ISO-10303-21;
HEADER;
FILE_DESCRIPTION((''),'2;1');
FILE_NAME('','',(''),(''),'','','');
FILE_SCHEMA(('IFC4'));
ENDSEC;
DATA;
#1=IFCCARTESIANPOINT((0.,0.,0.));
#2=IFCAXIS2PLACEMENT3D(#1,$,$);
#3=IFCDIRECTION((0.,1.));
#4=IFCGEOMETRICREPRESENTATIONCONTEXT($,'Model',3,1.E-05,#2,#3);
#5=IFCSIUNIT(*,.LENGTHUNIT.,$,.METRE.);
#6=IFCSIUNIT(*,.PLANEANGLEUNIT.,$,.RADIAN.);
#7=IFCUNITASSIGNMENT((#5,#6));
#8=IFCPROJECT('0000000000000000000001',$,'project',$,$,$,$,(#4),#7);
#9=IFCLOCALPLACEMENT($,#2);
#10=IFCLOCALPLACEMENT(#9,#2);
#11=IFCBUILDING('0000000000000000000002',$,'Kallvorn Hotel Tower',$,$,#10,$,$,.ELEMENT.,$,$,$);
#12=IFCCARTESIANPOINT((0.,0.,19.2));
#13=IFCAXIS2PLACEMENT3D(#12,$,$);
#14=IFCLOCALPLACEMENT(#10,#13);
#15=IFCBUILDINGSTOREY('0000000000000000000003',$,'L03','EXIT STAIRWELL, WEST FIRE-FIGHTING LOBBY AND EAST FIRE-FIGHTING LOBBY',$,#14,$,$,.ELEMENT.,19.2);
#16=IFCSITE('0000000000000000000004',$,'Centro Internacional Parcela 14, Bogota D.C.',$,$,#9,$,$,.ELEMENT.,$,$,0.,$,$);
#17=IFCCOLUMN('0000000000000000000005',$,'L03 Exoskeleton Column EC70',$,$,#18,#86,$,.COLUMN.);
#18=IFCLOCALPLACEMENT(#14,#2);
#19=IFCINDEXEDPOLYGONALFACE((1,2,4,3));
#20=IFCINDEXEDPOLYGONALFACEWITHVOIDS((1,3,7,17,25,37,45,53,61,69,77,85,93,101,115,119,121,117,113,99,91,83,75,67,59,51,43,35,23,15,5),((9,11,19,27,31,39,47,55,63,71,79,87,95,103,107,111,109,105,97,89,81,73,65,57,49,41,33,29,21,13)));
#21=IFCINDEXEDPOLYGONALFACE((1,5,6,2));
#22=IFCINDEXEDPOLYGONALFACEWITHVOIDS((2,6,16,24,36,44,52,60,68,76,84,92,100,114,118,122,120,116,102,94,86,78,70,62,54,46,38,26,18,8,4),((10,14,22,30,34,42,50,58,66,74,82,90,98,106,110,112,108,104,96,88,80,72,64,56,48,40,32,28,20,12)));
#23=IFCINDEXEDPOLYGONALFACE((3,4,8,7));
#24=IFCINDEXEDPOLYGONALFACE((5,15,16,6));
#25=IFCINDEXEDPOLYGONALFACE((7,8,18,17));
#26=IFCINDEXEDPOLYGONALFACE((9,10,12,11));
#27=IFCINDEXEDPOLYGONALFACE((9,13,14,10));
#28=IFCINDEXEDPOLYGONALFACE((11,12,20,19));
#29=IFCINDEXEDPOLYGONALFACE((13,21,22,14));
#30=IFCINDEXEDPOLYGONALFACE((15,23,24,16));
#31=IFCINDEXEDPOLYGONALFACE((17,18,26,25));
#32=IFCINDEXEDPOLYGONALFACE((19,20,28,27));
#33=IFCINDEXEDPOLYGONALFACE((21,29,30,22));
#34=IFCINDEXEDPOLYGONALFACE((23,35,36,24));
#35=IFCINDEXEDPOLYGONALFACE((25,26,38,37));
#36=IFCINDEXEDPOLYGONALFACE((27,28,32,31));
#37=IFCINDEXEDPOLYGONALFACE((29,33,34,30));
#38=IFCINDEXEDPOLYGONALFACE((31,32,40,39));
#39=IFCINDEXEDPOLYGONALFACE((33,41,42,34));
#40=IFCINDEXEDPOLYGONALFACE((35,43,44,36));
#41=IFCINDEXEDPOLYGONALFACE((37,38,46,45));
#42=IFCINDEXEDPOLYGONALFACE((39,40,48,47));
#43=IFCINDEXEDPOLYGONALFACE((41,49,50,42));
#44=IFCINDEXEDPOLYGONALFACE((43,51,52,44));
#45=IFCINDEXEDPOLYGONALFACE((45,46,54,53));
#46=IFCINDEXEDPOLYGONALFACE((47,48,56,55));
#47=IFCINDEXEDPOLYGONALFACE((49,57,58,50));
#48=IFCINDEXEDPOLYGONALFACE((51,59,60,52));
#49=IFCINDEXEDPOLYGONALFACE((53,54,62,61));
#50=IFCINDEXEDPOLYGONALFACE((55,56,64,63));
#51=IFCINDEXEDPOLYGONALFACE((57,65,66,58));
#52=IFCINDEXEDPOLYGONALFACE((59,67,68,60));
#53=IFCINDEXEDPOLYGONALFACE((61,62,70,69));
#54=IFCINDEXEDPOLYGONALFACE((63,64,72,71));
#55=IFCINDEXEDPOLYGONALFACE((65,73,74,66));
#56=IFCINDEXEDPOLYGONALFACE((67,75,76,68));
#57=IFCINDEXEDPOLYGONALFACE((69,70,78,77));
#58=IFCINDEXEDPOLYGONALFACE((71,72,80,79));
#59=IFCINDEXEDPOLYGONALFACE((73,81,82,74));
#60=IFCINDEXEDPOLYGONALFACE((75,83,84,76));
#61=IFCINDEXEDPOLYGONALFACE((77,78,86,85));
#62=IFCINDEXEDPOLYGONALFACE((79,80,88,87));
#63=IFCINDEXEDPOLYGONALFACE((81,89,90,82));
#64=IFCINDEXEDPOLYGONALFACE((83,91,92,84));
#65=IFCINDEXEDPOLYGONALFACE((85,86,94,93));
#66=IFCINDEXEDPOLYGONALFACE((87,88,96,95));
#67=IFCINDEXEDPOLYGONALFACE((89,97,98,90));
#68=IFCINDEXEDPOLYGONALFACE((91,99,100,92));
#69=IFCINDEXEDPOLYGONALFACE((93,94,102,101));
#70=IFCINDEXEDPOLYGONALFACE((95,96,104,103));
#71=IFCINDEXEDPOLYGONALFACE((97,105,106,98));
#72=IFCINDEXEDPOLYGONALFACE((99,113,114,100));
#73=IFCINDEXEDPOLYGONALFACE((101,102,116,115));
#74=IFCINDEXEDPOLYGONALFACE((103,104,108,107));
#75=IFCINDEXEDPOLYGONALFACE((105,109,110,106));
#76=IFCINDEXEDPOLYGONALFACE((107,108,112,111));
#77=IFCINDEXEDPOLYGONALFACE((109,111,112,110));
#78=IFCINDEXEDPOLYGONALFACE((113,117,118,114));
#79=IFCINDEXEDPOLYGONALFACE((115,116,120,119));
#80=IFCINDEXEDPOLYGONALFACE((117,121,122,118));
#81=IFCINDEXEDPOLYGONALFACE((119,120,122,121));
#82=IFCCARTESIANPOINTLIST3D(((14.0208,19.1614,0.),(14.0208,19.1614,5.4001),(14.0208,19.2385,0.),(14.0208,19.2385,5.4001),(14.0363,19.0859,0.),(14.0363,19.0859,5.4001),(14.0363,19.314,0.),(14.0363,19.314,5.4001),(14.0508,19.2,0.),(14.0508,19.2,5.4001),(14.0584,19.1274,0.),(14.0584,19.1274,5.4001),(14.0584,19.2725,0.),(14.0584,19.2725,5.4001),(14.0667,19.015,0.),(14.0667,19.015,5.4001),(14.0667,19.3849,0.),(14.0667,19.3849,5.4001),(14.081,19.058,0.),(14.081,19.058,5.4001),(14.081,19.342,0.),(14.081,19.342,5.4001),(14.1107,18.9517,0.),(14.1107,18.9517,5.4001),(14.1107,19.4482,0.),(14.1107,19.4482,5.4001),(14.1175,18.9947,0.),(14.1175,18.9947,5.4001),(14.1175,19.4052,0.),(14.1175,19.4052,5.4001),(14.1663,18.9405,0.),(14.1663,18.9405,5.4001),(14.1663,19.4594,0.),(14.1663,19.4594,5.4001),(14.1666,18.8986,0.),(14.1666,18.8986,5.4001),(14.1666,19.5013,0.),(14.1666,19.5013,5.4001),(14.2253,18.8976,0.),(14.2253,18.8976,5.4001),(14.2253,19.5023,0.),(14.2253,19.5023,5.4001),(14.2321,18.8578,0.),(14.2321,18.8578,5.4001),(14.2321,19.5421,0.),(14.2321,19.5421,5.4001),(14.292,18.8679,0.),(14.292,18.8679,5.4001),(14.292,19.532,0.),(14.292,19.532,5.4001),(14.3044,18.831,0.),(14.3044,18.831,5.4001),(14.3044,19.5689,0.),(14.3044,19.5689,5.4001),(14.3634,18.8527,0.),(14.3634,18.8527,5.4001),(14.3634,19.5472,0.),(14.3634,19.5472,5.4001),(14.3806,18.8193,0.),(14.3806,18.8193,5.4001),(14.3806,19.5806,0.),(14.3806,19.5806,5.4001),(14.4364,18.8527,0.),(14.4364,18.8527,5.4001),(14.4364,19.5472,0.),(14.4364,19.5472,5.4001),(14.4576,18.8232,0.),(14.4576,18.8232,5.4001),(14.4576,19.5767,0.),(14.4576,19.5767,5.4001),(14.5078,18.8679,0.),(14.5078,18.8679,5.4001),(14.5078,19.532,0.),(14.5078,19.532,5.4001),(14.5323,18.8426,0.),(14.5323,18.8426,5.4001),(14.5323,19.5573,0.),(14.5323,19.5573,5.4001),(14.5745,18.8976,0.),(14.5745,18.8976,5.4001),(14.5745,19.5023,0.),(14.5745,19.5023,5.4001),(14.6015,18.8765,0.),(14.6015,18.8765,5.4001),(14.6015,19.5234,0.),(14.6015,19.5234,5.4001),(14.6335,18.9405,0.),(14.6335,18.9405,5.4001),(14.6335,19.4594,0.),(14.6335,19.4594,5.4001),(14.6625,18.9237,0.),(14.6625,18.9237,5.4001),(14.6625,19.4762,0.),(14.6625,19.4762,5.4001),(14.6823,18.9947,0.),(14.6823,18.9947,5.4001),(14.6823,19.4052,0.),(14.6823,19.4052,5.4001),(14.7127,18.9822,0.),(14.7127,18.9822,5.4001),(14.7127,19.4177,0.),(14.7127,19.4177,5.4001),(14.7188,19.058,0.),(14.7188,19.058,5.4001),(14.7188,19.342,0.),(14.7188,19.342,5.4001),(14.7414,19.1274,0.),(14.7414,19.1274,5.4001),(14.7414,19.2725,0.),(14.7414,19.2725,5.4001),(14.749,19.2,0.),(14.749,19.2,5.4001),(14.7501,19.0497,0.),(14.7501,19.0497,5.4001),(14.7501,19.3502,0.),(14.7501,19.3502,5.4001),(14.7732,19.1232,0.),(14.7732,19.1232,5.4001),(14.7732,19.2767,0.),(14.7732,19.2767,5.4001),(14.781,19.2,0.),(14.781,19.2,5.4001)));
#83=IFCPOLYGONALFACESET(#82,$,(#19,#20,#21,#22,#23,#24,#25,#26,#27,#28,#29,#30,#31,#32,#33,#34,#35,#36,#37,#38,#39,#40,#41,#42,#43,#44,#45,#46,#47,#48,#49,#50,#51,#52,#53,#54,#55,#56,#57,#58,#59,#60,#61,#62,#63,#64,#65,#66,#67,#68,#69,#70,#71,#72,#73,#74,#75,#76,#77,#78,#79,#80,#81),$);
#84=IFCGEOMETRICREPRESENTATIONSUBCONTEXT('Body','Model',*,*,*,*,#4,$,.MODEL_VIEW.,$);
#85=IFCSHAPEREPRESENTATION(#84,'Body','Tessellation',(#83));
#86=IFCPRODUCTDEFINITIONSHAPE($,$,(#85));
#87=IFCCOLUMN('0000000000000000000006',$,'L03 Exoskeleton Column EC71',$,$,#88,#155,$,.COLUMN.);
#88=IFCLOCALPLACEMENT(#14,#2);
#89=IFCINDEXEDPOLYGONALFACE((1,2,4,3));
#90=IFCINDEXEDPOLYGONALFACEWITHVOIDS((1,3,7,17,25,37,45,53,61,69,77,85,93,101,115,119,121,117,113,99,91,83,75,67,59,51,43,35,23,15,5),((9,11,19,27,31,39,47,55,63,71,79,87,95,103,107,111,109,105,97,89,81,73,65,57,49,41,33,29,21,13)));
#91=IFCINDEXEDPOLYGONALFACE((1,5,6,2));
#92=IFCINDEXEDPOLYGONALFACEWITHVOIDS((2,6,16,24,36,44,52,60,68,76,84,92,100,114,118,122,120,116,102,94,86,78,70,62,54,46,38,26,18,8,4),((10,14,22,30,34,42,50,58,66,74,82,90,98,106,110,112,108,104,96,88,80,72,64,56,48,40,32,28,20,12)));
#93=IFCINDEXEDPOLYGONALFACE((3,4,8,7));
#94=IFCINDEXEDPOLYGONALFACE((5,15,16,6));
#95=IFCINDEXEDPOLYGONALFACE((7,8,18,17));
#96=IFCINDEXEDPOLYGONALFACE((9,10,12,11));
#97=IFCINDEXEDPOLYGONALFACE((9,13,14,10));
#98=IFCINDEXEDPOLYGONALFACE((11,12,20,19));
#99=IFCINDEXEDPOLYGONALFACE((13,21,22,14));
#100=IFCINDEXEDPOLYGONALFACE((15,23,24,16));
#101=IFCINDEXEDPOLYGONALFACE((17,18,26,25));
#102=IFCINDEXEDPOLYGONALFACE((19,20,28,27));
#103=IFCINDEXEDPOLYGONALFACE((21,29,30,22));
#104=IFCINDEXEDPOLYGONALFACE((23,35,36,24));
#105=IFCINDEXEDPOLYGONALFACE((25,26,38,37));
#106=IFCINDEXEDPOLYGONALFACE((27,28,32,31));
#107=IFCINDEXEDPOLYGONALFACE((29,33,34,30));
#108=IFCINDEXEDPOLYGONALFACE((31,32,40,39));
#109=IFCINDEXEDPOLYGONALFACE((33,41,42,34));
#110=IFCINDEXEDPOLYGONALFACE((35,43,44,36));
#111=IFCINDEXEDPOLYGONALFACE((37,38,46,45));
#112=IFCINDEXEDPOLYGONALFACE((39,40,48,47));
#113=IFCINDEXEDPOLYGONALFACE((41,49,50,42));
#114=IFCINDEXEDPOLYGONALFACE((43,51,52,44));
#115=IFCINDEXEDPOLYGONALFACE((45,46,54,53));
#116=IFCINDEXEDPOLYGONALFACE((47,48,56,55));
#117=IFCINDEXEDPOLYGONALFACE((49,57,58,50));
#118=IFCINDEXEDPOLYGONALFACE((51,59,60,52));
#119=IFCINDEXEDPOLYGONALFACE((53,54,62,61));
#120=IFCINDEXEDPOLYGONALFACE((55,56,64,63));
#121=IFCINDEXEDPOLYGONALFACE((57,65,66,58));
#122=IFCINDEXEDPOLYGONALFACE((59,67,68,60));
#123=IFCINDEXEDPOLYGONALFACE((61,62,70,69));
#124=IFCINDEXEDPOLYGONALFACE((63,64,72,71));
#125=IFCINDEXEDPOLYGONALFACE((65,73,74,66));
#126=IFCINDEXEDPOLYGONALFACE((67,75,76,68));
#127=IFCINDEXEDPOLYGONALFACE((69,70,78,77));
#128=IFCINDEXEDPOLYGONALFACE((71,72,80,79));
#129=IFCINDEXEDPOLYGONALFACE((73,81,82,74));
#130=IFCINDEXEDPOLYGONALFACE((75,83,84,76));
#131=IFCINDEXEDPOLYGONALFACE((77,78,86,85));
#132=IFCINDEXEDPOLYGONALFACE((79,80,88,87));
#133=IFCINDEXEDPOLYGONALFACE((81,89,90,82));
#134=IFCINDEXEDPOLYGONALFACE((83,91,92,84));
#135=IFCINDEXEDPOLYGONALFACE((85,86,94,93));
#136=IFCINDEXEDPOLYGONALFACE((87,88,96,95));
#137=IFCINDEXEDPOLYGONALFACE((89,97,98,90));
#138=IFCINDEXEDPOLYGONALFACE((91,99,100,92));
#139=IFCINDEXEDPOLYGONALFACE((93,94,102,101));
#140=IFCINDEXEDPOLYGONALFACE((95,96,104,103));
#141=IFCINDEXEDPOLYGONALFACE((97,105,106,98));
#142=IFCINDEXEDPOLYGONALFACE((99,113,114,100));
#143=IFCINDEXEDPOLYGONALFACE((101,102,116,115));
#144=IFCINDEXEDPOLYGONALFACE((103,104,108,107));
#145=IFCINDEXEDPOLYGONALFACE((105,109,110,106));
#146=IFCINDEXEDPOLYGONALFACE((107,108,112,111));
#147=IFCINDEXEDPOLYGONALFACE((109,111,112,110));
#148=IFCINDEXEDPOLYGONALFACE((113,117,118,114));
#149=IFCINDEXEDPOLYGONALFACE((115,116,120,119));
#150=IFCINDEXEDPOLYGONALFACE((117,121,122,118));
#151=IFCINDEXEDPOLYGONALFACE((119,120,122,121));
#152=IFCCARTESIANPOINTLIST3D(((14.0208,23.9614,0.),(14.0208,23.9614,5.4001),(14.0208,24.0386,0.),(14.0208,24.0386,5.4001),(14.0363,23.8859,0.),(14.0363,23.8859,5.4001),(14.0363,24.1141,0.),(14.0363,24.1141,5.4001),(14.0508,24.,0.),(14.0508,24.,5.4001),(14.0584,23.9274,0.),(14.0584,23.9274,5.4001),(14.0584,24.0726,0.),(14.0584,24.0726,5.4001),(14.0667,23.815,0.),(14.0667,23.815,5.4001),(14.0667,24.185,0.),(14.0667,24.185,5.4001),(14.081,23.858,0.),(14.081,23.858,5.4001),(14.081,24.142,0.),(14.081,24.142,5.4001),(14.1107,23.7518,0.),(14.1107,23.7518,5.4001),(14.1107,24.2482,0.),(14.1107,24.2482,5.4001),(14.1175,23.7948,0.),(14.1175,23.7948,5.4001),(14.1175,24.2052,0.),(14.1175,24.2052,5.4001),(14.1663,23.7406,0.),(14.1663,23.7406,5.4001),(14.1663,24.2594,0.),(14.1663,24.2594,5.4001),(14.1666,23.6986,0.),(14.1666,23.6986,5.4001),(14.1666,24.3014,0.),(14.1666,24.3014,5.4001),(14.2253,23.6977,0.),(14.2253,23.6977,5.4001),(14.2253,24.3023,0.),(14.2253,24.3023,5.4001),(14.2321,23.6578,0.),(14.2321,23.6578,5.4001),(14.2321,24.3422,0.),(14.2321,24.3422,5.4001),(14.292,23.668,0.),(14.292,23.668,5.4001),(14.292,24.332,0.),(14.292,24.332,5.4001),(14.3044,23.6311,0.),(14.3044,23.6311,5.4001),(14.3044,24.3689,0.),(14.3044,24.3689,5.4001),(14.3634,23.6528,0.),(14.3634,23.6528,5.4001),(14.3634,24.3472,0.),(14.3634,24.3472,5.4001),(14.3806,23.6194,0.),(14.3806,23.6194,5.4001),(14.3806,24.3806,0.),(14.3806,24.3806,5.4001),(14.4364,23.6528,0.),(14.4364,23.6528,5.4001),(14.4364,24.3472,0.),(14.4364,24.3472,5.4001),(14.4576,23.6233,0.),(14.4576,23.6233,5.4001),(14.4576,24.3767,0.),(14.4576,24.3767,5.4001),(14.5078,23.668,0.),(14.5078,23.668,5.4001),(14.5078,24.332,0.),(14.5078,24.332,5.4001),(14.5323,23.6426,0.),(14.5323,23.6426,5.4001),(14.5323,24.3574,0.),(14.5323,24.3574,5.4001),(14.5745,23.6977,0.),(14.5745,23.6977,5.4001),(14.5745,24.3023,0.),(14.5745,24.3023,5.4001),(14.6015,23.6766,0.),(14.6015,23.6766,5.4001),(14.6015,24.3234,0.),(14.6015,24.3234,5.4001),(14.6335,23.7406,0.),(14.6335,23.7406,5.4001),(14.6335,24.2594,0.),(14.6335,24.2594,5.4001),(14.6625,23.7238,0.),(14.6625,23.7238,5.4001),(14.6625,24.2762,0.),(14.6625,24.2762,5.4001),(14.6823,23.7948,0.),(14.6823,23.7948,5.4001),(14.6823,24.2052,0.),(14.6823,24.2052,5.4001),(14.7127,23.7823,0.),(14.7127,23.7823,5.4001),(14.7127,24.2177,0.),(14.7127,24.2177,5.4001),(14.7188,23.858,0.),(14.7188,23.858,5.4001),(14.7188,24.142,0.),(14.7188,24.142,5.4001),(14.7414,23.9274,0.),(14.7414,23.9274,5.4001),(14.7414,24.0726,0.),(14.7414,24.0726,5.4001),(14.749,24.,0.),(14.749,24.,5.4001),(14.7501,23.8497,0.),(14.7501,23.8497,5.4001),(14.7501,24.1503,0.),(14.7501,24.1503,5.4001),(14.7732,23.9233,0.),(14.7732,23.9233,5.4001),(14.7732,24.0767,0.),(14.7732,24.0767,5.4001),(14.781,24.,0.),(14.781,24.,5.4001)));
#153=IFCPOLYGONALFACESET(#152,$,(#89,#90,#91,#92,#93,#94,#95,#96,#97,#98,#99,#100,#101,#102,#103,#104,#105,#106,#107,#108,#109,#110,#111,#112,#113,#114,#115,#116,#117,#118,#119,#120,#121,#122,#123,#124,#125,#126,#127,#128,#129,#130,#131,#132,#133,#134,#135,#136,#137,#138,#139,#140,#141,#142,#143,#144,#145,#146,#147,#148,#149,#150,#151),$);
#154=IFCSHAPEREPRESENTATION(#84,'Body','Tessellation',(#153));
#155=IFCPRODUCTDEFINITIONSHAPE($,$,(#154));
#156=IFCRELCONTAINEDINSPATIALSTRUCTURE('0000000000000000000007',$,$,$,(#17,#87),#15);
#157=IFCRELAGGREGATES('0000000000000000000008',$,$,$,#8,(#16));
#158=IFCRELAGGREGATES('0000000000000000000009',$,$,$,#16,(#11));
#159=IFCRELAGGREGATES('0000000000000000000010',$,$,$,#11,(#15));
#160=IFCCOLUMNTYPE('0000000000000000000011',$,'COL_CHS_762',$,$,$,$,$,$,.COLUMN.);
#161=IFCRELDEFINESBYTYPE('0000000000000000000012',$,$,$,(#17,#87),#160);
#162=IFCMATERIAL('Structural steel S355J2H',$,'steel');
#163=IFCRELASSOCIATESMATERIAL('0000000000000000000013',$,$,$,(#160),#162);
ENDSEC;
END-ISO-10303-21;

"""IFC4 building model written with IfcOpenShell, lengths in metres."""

from ifc_helpers import new_model, si_unit, direction, frame, origin, origin_2d, place, context, subcontext, project, spatial, hollow_circle, extrude, material, material_profile, profile_set, type_object, element, save


model = new_model("IFC4")

# Units and contexts
model_context = context("Model", 3, precision=1e-05, world=origin(), true_north=direction((0.0, 1.0)))
body_context = subcontext(model_context, "Body", "Model", "MODEL_VIEW")
ifc_project = project(units=[si_unit("LENGTHUNIT", "METRE"), si_unit("PLANEANGLEUNIT", "RADIAN")], contexts=[model_context])

# Site, building, storey
site_placement = place(None, origin())
site = spatial("IfcSite", under=ifc_project, at=site_placement, Name="Centro Internacional Parcela 14, Bogota D.C.", CompositionType="ELEMENT", RefElevation=0.0)
building_placement = place(site_placement, origin())
building = spatial("IfcBuilding", under=site, at=building_placement, Name="Kallvorn Hotel Tower", CompositionType="ELEMENT")
storey_placement = place(building_placement, frame((0.0, 0.0, 19.2)))
storey = spatial("IfcBuildingStorey", under=building, at=storey_placement, Name="L03", Description="EXIT STAIRWELL, WEST FIRE-FIGHTING LOBBY AND EAST FIRE-FIGHTING LOBBY", CompositionType="ELEMENT", Elevation=19.2)

# Columns
ifc_material_1 = material(Name="Structural steel S355J2H", Category="steel")
ifc_material_profile_1 = material_profile(ifc_material_1, hollow_circle(Radius=0.3811, WallThickness=0.032, at=origin_2d()), Name="CHS 762x32")
ifc_profile_set_1 = profile_set([ifc_material_profile_1], Name="Structural steel S355J2H")
column_type_1 = type_object("IfcColumnType", Name="COL_CHS_762", PredefinedType="COLUMN", material=ifc_profile_set_1)
for number, where, z_axis, x_axis, name in (
    (1, (14.3999, 19.2, 0.0), (0.0, 0.0, 1.0), (1.0, 0.0, 0.0), "L03 Exoskeleton Column EC70"),
    (2, (14.3999, 24.0, 0.0), (0.0, 0.0, 1.0), (1.0, 0.0, 0.0), "L03 Exoskeleton Column EC71"),
):
    element("IfcColumn", number, at=place(storey_placement, frame(where, z_axis=z_axis, x_axis=x_axis)), inside=storey, type_object=column_type_1, Name=name, PredefinedType="COLUMN", context=body_context, shape_type="SweptSolid", body=[
        extrude(hollow_circle(Radius=0.3811, WallThickness=0.032, at=origin_2d()), origin(), (0.0, 0.0, 1.0), 5.4001),
    ])

save(model, "model.ifc")
